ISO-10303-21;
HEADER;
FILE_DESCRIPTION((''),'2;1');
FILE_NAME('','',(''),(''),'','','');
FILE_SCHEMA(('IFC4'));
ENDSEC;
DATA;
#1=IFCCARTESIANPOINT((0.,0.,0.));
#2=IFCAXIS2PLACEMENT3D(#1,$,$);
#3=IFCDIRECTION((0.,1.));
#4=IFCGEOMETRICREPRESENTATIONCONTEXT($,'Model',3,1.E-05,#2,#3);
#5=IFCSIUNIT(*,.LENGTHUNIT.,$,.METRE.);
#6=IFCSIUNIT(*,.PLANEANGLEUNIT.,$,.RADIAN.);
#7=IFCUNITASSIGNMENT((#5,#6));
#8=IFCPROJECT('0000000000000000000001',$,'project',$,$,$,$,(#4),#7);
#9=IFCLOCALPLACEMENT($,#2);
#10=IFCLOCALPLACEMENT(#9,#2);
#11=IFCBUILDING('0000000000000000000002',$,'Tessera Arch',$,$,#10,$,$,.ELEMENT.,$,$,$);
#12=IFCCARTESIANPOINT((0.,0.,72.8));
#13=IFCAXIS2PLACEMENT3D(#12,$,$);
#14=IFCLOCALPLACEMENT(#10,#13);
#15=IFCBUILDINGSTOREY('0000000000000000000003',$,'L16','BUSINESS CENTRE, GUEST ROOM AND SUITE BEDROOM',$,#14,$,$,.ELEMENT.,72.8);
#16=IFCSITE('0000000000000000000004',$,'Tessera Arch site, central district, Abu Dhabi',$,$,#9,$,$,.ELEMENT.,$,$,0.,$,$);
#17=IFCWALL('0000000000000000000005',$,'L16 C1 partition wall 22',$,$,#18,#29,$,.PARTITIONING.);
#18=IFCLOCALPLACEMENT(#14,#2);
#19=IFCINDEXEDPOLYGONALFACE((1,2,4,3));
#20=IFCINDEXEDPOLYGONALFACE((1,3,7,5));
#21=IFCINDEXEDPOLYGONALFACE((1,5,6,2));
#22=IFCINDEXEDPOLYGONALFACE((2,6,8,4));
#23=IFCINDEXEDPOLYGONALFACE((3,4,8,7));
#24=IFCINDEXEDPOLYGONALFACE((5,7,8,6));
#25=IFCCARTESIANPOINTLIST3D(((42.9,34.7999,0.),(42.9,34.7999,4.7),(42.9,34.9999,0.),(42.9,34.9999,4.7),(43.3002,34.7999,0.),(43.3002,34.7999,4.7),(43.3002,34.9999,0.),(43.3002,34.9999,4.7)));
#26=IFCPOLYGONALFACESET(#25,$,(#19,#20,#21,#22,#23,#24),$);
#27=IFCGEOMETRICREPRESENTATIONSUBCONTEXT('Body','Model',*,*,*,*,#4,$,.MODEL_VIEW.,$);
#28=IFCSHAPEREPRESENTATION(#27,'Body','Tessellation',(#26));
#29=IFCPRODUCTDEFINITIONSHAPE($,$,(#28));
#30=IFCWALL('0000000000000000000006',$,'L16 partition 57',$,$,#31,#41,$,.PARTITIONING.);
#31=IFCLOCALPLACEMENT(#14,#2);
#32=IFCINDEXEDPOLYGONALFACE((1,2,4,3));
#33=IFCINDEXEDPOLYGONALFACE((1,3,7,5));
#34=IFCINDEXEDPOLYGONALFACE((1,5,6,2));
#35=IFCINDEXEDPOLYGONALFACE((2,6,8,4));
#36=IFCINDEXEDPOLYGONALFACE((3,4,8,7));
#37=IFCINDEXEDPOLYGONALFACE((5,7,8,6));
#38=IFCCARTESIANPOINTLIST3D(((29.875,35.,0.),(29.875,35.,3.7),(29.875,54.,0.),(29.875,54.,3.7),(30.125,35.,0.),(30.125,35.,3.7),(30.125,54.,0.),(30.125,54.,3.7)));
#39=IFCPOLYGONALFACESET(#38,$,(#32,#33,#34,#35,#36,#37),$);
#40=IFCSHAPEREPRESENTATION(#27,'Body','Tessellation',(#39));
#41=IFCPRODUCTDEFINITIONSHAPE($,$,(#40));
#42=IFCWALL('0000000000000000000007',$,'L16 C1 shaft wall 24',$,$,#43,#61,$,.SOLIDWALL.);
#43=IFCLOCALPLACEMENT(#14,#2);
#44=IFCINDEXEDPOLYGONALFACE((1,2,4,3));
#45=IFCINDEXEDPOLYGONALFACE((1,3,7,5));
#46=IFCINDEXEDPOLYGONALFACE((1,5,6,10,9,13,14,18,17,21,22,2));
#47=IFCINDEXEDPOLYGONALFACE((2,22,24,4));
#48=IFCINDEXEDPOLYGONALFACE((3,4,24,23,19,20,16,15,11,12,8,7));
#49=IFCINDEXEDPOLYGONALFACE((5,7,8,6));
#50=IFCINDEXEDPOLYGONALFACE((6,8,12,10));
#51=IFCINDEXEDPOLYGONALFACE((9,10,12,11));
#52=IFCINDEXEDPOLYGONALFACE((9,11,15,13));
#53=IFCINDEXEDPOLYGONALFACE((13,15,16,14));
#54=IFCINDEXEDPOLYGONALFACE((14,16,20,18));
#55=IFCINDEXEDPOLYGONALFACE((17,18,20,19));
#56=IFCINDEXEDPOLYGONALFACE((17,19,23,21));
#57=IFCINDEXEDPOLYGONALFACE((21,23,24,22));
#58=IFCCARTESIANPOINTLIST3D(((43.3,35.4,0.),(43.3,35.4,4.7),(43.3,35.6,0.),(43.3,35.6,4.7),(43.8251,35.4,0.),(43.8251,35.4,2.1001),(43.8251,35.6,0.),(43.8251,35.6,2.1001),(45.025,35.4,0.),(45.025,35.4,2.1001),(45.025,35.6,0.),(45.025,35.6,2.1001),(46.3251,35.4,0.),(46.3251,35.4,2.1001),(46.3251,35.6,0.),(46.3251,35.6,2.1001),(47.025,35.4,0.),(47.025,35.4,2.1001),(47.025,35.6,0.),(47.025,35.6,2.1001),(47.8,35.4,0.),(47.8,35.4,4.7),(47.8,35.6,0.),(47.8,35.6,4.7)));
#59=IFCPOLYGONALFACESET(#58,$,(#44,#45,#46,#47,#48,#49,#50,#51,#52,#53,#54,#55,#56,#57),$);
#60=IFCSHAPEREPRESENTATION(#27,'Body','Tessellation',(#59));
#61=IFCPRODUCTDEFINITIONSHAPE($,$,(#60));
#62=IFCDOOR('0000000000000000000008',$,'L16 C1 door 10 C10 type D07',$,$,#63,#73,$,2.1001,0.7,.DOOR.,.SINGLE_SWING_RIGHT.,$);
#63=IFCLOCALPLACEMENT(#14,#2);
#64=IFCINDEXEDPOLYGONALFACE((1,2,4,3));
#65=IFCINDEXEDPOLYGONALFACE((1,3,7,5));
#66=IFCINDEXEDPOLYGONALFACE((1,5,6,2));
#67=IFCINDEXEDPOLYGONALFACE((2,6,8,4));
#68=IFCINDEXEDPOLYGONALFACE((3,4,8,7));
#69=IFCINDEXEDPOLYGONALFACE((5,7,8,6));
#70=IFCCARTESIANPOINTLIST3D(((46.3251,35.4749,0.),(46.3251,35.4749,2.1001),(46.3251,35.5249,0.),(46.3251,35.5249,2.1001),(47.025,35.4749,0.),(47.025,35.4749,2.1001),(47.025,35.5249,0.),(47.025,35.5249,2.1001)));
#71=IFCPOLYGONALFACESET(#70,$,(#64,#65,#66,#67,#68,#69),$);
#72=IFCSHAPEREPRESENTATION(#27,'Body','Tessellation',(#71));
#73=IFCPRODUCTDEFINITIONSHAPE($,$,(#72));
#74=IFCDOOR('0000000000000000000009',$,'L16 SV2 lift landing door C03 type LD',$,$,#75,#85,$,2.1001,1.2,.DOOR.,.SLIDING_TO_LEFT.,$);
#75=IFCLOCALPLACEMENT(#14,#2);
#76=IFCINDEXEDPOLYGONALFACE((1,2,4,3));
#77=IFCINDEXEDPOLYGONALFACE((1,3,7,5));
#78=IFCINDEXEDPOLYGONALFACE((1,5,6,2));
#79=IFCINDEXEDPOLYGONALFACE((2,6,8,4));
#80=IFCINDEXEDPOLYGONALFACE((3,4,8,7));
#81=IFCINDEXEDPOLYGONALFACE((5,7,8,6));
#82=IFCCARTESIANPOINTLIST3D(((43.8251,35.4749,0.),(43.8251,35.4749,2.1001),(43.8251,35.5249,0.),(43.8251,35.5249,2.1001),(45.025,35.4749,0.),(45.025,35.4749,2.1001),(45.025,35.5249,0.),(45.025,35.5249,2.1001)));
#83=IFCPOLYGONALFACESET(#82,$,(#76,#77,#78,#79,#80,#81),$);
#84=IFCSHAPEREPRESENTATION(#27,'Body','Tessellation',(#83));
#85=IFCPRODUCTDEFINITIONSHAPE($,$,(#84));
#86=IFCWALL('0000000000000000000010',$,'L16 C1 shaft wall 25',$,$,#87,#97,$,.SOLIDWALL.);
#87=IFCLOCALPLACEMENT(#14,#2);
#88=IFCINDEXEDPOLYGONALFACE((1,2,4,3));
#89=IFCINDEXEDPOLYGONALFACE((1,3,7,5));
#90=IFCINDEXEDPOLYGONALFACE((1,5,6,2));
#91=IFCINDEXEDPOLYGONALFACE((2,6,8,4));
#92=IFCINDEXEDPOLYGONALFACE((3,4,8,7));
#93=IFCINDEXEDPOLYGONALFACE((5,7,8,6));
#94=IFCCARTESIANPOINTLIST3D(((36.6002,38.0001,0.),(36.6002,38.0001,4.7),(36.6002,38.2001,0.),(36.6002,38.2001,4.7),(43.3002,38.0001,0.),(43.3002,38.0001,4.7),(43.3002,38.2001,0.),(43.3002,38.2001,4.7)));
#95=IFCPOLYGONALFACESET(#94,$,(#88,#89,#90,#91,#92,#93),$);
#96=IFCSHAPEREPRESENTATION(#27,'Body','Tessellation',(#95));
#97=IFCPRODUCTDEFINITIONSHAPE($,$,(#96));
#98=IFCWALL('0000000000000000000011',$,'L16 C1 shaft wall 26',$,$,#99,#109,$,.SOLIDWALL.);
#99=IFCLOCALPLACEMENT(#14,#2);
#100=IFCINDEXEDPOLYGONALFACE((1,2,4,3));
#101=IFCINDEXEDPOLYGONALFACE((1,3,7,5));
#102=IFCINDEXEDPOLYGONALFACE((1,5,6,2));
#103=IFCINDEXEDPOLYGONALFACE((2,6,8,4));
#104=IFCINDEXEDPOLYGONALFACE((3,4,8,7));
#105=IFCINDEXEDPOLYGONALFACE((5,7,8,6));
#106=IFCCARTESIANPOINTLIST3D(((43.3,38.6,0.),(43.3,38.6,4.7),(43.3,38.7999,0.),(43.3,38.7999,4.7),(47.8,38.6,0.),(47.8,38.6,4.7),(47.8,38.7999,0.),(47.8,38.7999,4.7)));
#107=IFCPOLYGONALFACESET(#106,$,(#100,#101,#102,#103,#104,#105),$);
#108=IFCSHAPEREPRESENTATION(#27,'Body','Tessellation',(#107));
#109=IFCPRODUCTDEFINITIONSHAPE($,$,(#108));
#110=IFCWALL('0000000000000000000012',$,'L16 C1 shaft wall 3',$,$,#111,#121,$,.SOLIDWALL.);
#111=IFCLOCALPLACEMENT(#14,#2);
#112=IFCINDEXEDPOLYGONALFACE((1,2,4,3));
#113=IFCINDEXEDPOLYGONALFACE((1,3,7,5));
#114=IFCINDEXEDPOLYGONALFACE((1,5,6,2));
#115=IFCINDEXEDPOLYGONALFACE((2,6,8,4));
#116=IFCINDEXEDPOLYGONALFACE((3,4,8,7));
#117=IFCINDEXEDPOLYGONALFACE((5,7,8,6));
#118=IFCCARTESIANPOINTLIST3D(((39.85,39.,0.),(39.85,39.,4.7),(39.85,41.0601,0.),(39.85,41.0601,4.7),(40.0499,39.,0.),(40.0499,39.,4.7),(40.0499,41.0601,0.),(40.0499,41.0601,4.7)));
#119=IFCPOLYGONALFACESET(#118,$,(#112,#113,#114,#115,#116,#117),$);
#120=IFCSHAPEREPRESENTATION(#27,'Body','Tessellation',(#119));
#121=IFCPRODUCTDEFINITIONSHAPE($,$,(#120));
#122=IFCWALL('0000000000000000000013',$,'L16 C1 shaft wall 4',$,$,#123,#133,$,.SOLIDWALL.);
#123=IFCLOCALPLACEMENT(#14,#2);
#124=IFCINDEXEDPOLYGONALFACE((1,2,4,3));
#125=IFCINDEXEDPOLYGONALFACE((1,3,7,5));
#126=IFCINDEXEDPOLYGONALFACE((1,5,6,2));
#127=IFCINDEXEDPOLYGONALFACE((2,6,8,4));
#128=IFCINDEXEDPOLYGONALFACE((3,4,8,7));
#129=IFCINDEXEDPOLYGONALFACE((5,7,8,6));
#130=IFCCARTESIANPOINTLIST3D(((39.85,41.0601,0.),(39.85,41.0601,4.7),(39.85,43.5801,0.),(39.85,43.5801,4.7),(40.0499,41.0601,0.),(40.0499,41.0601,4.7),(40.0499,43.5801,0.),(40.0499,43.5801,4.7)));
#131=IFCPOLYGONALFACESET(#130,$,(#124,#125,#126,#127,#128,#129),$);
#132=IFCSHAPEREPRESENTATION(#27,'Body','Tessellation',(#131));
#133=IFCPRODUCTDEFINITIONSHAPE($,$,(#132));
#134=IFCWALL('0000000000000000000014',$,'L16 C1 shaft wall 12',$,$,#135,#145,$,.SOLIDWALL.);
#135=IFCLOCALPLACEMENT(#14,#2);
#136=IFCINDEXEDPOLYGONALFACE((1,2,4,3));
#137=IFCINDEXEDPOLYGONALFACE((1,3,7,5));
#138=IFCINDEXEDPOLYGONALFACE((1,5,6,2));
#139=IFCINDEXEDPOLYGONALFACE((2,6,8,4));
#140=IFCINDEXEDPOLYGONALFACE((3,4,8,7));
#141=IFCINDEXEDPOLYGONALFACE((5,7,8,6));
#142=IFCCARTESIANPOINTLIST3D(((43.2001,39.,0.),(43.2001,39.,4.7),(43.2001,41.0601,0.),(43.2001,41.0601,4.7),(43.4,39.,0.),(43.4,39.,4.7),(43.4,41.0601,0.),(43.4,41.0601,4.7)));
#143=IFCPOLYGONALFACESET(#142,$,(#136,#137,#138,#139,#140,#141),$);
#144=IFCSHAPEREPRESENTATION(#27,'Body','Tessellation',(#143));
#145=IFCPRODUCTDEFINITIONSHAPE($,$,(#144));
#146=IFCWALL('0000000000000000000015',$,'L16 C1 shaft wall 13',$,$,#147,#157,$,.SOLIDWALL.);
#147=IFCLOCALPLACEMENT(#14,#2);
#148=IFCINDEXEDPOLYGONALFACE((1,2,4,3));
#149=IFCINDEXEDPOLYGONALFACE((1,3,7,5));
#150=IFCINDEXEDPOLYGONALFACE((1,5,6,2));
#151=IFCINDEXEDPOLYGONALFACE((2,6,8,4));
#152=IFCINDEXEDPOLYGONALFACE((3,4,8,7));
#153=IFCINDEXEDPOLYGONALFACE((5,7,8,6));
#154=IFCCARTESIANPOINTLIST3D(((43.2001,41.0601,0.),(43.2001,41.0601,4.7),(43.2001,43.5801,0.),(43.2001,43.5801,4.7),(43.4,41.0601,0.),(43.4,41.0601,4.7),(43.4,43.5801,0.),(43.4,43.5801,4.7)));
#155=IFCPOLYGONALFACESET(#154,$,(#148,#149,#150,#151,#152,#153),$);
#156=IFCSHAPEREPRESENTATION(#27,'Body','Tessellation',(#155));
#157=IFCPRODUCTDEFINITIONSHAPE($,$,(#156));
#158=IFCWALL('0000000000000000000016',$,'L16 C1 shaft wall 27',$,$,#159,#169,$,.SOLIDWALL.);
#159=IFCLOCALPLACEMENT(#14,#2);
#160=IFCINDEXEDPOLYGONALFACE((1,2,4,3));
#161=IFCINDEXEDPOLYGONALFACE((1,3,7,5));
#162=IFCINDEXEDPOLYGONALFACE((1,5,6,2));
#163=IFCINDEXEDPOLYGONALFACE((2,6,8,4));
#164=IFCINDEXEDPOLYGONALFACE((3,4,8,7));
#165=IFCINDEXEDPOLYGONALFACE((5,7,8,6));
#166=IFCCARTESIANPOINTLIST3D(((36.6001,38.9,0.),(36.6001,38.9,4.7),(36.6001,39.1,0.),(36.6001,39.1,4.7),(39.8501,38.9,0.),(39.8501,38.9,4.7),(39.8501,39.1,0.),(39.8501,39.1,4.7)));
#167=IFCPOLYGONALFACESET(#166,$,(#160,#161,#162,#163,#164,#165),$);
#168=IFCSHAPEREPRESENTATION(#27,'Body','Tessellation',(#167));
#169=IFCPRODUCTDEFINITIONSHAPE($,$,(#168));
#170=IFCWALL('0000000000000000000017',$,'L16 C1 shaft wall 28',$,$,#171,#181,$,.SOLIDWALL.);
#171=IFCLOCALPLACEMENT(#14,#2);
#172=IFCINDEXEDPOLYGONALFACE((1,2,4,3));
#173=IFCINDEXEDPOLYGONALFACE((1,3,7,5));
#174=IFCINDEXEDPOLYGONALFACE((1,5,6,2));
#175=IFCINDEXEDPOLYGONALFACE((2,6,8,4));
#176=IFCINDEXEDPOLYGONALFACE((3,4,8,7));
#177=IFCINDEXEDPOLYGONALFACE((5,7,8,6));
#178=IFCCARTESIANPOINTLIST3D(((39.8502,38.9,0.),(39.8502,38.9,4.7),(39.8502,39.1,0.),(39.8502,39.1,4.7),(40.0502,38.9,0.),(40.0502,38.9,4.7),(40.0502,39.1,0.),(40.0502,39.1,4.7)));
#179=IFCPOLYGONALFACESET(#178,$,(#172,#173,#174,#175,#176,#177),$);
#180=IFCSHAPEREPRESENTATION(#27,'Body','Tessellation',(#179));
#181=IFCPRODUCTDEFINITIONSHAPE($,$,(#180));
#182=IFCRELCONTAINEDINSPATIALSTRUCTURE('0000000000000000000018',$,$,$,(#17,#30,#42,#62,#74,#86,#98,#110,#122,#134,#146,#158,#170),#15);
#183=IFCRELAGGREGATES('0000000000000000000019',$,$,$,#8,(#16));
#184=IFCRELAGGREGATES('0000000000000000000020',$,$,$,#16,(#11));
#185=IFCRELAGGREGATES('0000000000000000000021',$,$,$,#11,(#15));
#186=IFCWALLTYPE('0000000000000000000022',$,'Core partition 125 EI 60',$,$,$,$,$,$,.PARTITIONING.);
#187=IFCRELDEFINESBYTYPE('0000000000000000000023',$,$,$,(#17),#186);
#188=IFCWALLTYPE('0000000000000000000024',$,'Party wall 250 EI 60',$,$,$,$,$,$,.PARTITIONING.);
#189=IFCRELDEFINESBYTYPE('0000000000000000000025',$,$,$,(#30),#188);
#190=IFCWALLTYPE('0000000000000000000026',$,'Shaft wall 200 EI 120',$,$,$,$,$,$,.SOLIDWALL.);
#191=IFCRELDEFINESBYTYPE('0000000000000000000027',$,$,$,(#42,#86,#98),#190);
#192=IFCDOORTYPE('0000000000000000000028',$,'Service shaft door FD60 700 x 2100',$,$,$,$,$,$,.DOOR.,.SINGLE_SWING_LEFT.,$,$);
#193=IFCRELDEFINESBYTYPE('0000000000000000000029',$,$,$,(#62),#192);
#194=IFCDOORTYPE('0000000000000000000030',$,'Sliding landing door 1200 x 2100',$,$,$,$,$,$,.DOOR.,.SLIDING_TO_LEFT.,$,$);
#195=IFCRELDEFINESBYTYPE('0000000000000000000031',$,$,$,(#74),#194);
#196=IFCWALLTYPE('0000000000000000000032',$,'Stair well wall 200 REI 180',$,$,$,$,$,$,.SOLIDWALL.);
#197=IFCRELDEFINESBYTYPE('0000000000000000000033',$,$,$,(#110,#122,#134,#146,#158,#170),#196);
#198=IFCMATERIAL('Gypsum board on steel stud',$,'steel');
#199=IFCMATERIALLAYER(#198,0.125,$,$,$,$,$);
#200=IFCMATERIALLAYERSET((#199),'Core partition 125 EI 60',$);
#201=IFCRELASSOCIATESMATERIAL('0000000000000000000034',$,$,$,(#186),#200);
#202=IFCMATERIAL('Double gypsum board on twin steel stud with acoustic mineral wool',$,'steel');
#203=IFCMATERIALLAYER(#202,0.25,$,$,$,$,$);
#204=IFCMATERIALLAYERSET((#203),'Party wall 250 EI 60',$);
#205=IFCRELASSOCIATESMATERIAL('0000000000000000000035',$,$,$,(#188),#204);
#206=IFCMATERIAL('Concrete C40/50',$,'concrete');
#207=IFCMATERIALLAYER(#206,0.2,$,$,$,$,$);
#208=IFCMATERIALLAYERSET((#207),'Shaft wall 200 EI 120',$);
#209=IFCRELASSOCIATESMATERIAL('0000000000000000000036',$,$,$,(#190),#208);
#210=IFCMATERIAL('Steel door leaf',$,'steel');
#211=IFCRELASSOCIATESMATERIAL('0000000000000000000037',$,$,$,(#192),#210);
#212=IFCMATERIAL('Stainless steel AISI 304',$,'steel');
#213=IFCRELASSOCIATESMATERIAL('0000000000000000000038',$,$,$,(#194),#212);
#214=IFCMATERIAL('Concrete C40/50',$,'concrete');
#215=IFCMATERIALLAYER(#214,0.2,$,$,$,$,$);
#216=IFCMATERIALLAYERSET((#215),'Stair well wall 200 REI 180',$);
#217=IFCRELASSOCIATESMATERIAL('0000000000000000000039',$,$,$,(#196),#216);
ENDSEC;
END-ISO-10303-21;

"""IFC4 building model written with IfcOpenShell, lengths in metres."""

from ifc_helpers import new_model, si_unit, direction, frame, frame_2d, origin, place, context, subcontext, project, spatial, rectangle, extrude, material, layer, layer_set, type_object, element, fill, save


model = new_model("IFC4")

# Units and contexts
model_context = context("Model", 3, precision=1e-05, world=origin(), true_north=direction((0.0, 1.0)))
body_context = subcontext(model_context, "Body", "Model", "MODEL_VIEW")
ifc_project = project(units=[si_unit("LENGTHUNIT", "METRE"), si_unit("PLANEANGLEUNIT", "RADIAN")], contexts=[model_context])

# Site, building, storey
site_placement = place(None, origin())
site = spatial("IfcSite", under=ifc_project, at=site_placement, Name="Tessera Arch site, central district, Abu Dhabi", CompositionType="ELEMENT", RefElevation=0.0)
building_placement = place(site_placement, origin())
building = spatial("IfcBuilding", under=site, at=building_placement, Name="Tessera Arch", CompositionType="ELEMENT")
storey_placement = place(building_placement, frame((0.0, 0.0, 72.8)))
storey = spatial("IfcBuildingStorey", under=building, at=storey_placement, Name="L16", Description="BUSINESS CENTRE, GUEST ROOM AND SUITE BEDROOM", CompositionType="ELEMENT", Elevation=72.8)

# Walls
ifc_material_1 = material(Name="Gypsum board on steel stud", Category="steel")
ifc_layer_1 = layer(ifc_material_1, 0.125)
ifc_layer_set_1 = layer_set([ifc_layer_1], Name="Core partition 125 EI 60")
wall_type_1 = type_object("IfcWallType", Name="Core partition 125 EI 60", PredefinedType="PARTITIONING", material=ifc_layer_set_1)
wall_1_placement = place(storey_placement, frame((42.8999, 34.8999, 0.0), z_axis=(0.0, 0.0, 1.0), x_axis=(1.0, 0.0, 0.0)))
element("IfcWall", 1, at=wall_1_placement, inside=storey, type_object=wall_type_1, Name="L16 C1 partition wall 22", PredefinedType="PARTITIONING", context=body_context, shape_type="SweptSolid", body=[
    extrude(rectangle(XDim=0.4001, YDim=0.2, at=frame_2d((0.2002, 0.0))), origin(), (0.0, 0.0, 1.0), 4.7),
])
ifc_material_2 = material(Name="Double gypsum board on twin steel stud with acoustic mineral wool", Category="steel")
ifc_layer_2 = layer(ifc_material_2, 0.25)
ifc_layer_set_2 = layer_set([ifc_layer_2], Name="Party wall 250 EI 60")
wall_type_2 = type_object("IfcWallType", Name="Party wall 250 EI 60", PredefinedType="PARTITIONING", material=ifc_layer_set_2)
wall_2_placement = place(storey_placement, frame((30.0, 35.0, 0.0), z_axis=(0.0, 0.0, 1.0), x_axis=(0.0, 1.0, 0.0)))
element("IfcWall", 2, at=wall_2_placement, inside=storey, type_object=wall_type_2, Name="L16 partition 57", PredefinedType="PARTITIONING", context=body_context, shape_type="SweptSolid", body=[
    extrude(rectangle(XDim=19.0, YDim=0.25, at=frame_2d((9.5, 0.0))), origin(), (0.0, 0.0, 1.0), 3.7),
])

# Wall, openings, doors
ifc_material_3 = material(Name="Concrete C40/50", Category="concrete")
ifc_layer_3 = layer(ifc_material_3, 0.2)
ifc_layer_set_3 = layer_set([ifc_layer_3], Name="Shaft wall 200 EI 120")
wall_type_3 = type_object("IfcWallType", Name="Shaft wall 200 EI 120", PredefinedType="SOLIDWALL", material=ifc_layer_set_3)
wall_3_placement = place(storey_placement, frame((43.3, 35.5, 0.0), z_axis=(0.0, 0.0, 1.0), x_axis=(1.0, 0.0, 0.0)))
wall_3 = element("IfcWall", 3, at=wall_3_placement, inside=storey, type_object=wall_type_3, Name="L16 C1 shaft wall 24", PredefinedType="SOLIDWALL", context=body_context, shape_type="SweptSolid", body=[
    extrude(rectangle(XDim=4.5, YDim=0.2, at=frame_2d((2.25, 0.0))), origin(), (0.0, 0.0, 1.0), 4.7),
])
opening_1_placement = place(wall_3_placement, frame((0.5249, 0.0, 0.0)))
opening_1 = element("IfcOpeningElement", 4, at=opening_1_placement, cuts=wall_3, PredefinedType="OPENING", context=body_context, shape_type="SweptSolid", body=[
    extrude(rectangle(XDim=1.2, YDim=2.1001, at=frame_2d((0.6001, 1.05))), frame((0.0, 0.1099, 0.0), z_axis=(0.0, -1.0, 0.0), x_axis=(1.0, 0.0, 0.0)), (0.0, 0.0, 1.0), 0.22),
])
opening_2_placement = place(wall_3_placement, frame((3.0249, 0.0, 0.0)))
opening_2 = element("IfcOpeningElement", 5, at=opening_2_placement, cuts=wall_3, PredefinedType="OPENING", context=body_context, shape_type="SweptSolid", body=[
    extrude(rectangle(XDim=0.7, YDim=2.1001, at=frame_2d((0.3501, 1.05))), frame((0.0, 0.1099, 0.0), z_axis=(0.0, -1.0, 0.0), x_axis=(1.0, 0.0, 0.0)), (0.0, 0.0, 1.0), 0.22),
])
ifc_material_4 = material(Name="Steel door leaf", Category="steel")
door_type_1 = type_object("IfcDoorType", Name="Service shaft door FD60 700 x 2100", OperationType="SINGLE_SWING_LEFT", PredefinedType="DOOR", material=ifc_material_4)
door_1_placement = place(opening_2_placement, origin())
door_1 = element("IfcDoor", 6, at=door_1_placement, inside=storey, type_object=door_type_1, Name="L16 C1 door 10 C10 type D07", OperationType="SINGLE_SWING_RIGHT", OverallHeight=2.1001, OverallWidth=0.7, PredefinedType="DOOR", context=body_context, shape_type="SweptSolid", body=[
    extrude(rectangle(XDim=0.7, YDim=2.1001, at=frame_2d((0.3501, 1.05))), frame((0.0, 0.0249, 0.0), z_axis=(0.0, -1.0, 0.0), x_axis=(1.0, 0.0, 0.0)), (0.0, 0.0, 1.0), 0.05),
])
fill(opening_2, door_1)
ifc_material_5 = material(Name="Stainless steel AISI 304", Category="steel")
door_type_2 = type_object("IfcDoorType", Name="Sliding landing door 1200 x 2100", OperationType="SLIDING_TO_LEFT", PredefinedType="DOOR", material=ifc_material_5)
door_2_placement = place(opening_1_placement, origin())
door_2 = element("IfcDoor", 7, at=door_2_placement, inside=storey, type_object=door_type_2, Name="L16 SV2 lift landing door C03 type LD", OperationType="SLIDING_TO_LEFT", OverallHeight=2.1001, OverallWidth=1.2, PredefinedType="DOOR", context=body_context, shape_type="SweptSolid", body=[
    extrude(rectangle(XDim=1.2, YDim=2.1001, at=frame_2d((0.6001, 1.05))), frame((0.0, 0.0249, 0.0), z_axis=(0.0, -1.0, 0.0), x_axis=(1.0, 0.0, 0.0)), (0.0, 0.0, 1.0), 0.05),
])
fill(opening_1, door_2)

# Walls
wall_4_placement = place(storey_placement, frame((36.6001, 38.1001, 0.0), z_axis=(0.0, 0.0, 1.0), x_axis=(1.0, 0.0, 0.0)))
element("IfcWall", 8, at=wall_4_placement, inside=storey, type_object=wall_type_3, Name="L16 C1 shaft wall 25", PredefinedType="SOLIDWALL", context=body_context, shape_type="SweptSolid", body=[
    extrude(rectangle(XDim=6.7, YDim=0.2, at=frame_2d((3.3501, 0.0))), origin(), (0.0, 0.0, 1.0), 4.7),
])
wall_5_placement = place(storey_placement, frame((43.3, 38.7, 0.0), z_axis=(0.0, 0.0, 1.0), x_axis=(1.0, 0.0, 0.0)))
element("IfcWall", 9, at=wall_5_placement, inside=storey, type_object=wall_type_3, Name="L16 C1 shaft wall 26", PredefinedType="SOLIDWALL", context=body_context, shape_type="SweptSolid", body=[
    extrude(rectangle(XDim=4.5, YDim=0.2, at=frame_2d((2.25, 0.0))), origin(), (0.0, 0.0, 1.0), 4.7),
])
ifc_material_6 = material(Name="Concrete C40/50", Category="concrete")
ifc_layer_4 = layer(ifc_material_6, 0.2)
ifc_layer_set_4 = layer_set([ifc_layer_4], Name="Stair well wall 200 REI 180")
wall_type_4 = type_object("IfcWallType", Name="Stair well wall 200 REI 180", PredefinedType="SOLIDWALL", material=ifc_layer_set_4)
wall_6_placement = place(storey_placement, frame((39.95, 39.0, 0.0), z_axis=(0.0, 0.0, 1.0), x_axis=(0.0, 1.0, 0.0)))
element("IfcWall", 10, at=wall_6_placement, inside=storey, type_object=wall_type_4, Name="L16 C1 shaft wall 3", PredefinedType="SOLIDWALL", context=body_context, shape_type="SweptSolid", body=[
    extrude(rectangle(XDim=2.0601, YDim=0.2, at=frame_2d((1.03, 0.0))), origin(), (0.0, 0.0, 1.0), 4.7),
])
wall_7_placement = place(storey_placement, frame((39.95, 41.0601, 0.0), z_axis=(0.0, 0.0, 1.0), x_axis=(0.0, 1.0, 0.0)))
element("IfcWall", 11, at=wall_7_placement, inside=storey, type_object=wall_type_4, Name="L16 C1 shaft wall 4", PredefinedType="SOLIDWALL", context=body_context, shape_type="SweptSolid", body=[
    extrude(rectangle(XDim=2.52, YDim=0.2, at=frame_2d((1.26, 0.0))), origin(), (0.0, 0.0, 1.0), 4.7),
])
wall_8_placement = place(storey_placement, frame((43.3, 39.0, 0.0), z_axis=(0.0, 0.0, 1.0), x_axis=(0.0, 1.0, 0.0)))
element("IfcWall", 12, at=wall_8_placement, inside=storey, type_object=wall_type_4, Name="L16 C1 shaft wall 12", PredefinedType="SOLIDWALL", context=body_context, shape_type="SweptSolid", body=[
    extrude(rectangle(XDim=2.0601, YDim=0.2, at=frame_2d((1.03, 0.0))), origin(), (0.0, 0.0, 1.0), 4.7),
])
wall_9_placement = place(storey_placement, frame((43.3, 41.0601, 0.0), z_axis=(0.0, 0.0, 1.0), x_axis=(0.0, 1.0, 0.0)))
element("IfcWall", 13, at=wall_9_placement, inside=storey, type_object=wall_type_4, Name="L16 C1 shaft wall 13", PredefinedType="SOLIDWALL", context=body_context, shape_type="SweptSolid", body=[
    extrude(rectangle(XDim=2.52, YDim=0.2, at=frame_2d((1.26, 0.0))), origin(), (0.0, 0.0, 1.0), 4.7),
])
wall_10_placement = place(storey_placement, frame((36.6001, 39.0, 0.0), z_axis=(0.0, 0.0, 1.0), x_axis=(1.0, 0.0, 0.0)))
element("IfcWall", 14, at=wall_10_placement, inside=storey, type_object=wall_type_4, Name="L16 C1 shaft wall 27", PredefinedType="SOLIDWALL", context=body_context, shape_type="SweptSolid", body=[
    extrude(rectangle(XDim=3.25, YDim=0.2, at=frame_2d((1.625, 0.0))), origin(), (0.0, 0.0, 1.0), 4.7),
])
wall_11_placement = place(storey_placement, frame((39.8501, 39.0, 0.0), z_axis=(0.0, 0.0, 1.0), x_axis=(1.0, 0.0, 0.0)))
element("IfcWall", 15, at=wall_11_placement, inside=storey, type_object=wall_type_4, Name="L16 C1 shaft wall 28", PredefinedType="SOLIDWALL", context=body_context, shape_type="SweptSolid", body=[
    extrude(rectangle(XDim=0.2, YDim=0.2, at=frame_2d((0.1001, 0.0))), origin(), (0.0, 0.0, 1.0), 4.7),
])

save(model, "model.ifc")
